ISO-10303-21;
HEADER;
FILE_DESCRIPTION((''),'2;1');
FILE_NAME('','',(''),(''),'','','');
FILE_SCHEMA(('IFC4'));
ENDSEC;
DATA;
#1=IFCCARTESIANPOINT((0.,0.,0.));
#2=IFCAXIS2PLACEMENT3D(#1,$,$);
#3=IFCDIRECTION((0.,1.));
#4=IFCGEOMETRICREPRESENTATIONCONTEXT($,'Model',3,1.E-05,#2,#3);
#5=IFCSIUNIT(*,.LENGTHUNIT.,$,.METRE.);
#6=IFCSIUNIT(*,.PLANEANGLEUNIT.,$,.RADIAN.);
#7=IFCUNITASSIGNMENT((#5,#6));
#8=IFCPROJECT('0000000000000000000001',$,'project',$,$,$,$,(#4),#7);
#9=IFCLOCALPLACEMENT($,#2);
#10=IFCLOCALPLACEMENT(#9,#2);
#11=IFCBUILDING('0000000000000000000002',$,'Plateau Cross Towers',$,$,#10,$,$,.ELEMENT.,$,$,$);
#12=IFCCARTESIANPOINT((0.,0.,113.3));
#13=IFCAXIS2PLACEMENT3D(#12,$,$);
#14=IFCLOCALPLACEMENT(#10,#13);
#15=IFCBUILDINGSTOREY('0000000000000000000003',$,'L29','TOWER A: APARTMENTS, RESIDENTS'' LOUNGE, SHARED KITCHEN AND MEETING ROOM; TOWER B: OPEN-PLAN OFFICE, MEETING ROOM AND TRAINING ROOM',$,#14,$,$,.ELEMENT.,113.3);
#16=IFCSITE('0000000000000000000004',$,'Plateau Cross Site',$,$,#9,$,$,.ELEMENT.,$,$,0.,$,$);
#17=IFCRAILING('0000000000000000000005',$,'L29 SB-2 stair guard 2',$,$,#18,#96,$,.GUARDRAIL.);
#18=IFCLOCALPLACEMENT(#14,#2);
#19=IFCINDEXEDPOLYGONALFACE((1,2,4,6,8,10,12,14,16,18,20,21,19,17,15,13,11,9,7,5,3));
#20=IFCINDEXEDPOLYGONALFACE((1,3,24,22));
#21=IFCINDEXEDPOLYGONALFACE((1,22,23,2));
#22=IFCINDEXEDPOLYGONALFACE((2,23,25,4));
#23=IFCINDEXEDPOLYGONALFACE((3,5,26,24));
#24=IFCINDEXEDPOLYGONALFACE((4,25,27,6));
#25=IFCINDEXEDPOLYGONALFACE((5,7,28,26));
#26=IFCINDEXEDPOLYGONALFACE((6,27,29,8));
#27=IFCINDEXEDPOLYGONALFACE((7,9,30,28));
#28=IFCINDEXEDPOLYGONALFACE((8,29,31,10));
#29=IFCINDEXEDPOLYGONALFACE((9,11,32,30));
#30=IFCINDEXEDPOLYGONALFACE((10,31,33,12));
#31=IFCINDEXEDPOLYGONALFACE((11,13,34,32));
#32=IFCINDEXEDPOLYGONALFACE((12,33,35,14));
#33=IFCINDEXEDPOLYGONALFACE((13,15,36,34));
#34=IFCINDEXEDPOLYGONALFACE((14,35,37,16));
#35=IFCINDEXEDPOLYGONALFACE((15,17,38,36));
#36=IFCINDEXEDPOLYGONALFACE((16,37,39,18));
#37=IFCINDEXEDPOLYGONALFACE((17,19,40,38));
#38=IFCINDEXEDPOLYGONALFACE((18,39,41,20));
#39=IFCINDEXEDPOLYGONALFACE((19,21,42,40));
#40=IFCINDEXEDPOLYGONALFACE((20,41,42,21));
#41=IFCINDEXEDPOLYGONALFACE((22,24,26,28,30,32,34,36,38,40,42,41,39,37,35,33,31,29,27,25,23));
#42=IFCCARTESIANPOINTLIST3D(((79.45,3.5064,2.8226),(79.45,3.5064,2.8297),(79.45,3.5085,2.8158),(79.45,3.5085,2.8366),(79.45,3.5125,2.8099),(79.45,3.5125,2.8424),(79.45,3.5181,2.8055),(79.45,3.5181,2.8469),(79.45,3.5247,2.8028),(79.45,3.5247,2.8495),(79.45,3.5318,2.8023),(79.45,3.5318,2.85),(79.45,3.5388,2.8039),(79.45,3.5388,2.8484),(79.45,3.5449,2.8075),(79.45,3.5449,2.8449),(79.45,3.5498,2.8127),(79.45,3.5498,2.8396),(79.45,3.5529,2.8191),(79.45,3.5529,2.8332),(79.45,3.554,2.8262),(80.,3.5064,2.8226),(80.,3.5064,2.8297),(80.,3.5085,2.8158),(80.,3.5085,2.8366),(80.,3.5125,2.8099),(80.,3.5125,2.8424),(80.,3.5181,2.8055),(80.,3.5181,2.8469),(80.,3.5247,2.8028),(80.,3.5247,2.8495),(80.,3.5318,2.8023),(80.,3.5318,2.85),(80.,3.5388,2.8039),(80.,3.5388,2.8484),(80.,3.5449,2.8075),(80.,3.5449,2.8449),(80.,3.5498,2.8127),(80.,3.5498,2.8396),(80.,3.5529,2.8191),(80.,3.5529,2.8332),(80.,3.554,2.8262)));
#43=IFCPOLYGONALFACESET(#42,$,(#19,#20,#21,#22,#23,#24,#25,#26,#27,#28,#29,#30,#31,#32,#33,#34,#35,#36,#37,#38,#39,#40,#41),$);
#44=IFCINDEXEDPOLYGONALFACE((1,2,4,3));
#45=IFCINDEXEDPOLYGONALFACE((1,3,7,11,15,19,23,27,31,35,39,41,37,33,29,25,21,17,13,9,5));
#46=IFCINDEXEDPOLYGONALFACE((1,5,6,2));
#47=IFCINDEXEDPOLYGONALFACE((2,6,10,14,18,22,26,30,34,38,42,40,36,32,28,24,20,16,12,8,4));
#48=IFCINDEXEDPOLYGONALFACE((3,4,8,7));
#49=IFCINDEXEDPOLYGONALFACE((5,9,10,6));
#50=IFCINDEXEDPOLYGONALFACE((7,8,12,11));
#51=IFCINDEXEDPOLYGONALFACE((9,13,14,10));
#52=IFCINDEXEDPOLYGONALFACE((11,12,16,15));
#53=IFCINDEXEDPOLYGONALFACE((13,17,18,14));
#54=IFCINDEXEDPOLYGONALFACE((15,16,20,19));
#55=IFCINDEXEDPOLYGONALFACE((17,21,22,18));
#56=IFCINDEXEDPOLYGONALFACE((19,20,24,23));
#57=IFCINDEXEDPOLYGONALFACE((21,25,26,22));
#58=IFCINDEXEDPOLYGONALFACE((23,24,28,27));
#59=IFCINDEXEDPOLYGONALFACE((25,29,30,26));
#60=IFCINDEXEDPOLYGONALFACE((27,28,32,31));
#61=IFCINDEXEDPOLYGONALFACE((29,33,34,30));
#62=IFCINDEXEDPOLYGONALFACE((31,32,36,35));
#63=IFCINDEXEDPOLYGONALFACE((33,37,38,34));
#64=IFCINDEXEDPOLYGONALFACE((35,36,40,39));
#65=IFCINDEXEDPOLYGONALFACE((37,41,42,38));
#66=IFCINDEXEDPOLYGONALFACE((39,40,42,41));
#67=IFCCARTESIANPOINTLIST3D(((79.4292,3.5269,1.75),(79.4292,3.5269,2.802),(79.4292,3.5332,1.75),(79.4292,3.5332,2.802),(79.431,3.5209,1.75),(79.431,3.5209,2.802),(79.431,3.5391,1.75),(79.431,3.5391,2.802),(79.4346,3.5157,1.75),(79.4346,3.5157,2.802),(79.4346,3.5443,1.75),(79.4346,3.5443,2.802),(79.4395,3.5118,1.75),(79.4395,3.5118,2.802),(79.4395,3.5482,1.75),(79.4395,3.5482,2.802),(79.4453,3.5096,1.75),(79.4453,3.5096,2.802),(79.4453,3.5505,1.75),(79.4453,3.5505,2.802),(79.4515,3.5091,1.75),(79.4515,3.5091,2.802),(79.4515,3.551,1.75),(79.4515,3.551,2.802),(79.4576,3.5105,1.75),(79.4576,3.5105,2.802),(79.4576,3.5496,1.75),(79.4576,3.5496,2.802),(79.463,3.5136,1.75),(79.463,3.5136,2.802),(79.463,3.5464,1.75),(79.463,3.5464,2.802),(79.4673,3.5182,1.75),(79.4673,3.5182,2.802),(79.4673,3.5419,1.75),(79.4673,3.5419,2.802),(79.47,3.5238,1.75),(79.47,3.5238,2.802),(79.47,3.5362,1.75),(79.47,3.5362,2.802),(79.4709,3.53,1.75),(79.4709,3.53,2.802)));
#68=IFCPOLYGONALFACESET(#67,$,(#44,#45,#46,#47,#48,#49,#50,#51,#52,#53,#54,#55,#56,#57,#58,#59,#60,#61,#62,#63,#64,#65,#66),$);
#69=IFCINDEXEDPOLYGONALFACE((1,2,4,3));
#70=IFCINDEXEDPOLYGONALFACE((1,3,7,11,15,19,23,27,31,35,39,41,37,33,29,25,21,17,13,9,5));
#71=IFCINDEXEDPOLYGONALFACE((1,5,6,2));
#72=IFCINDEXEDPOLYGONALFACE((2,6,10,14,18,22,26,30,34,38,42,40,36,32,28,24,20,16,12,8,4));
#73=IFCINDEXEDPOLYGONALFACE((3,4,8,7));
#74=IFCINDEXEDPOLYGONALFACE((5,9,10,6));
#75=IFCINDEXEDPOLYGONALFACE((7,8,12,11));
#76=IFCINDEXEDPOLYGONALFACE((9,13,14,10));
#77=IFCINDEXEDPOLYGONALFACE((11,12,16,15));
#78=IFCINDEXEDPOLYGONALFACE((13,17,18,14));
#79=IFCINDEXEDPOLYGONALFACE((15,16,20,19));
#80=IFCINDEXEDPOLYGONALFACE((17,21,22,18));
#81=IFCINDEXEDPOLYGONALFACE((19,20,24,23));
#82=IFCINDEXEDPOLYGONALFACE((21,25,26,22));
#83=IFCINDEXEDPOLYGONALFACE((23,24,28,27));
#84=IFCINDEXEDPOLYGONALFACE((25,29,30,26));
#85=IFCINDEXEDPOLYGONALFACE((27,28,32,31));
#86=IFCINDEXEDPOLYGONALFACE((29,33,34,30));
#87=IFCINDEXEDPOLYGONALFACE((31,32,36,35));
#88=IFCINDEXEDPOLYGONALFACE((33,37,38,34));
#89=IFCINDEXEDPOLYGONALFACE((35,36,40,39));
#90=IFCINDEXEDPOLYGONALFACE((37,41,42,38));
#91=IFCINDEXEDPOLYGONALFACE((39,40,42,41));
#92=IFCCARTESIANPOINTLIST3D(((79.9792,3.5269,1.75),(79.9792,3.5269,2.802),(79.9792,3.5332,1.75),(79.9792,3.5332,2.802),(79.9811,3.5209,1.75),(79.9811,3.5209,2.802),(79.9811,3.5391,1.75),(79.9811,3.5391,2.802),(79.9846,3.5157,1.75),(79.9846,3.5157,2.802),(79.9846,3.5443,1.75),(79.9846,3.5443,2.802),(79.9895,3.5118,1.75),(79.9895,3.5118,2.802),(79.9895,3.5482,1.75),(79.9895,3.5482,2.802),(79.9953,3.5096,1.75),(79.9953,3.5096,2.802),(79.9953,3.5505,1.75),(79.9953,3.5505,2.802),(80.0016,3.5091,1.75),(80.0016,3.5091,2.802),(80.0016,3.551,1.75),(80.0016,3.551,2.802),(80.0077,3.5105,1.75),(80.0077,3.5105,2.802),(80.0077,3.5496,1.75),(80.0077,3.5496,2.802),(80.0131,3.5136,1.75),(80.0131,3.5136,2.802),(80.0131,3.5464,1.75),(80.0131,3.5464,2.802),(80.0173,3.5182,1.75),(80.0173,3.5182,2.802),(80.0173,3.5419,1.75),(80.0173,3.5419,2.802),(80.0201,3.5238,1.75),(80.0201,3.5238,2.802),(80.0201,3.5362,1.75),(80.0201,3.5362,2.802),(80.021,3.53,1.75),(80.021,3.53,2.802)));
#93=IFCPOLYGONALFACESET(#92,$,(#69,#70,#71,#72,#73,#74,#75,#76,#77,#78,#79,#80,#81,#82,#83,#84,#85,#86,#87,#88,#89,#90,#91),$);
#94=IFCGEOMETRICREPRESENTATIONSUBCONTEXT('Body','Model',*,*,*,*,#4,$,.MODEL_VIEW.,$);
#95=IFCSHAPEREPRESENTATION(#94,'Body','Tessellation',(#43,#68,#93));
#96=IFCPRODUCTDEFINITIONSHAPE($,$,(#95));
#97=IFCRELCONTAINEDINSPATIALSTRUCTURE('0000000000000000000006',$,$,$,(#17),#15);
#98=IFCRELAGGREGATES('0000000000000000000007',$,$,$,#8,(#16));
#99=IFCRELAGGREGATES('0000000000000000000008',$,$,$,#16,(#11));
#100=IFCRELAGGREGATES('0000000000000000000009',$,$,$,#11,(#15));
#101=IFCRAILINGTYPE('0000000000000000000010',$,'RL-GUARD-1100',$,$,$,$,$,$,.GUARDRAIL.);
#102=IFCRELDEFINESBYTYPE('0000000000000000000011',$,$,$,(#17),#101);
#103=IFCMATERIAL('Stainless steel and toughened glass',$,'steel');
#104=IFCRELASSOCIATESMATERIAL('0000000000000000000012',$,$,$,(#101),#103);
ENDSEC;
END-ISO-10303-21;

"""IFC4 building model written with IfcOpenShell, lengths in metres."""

from ifc_helpers import new_model, si_unit, direction, frame, origin, origin_2d, place, context, subcontext, project, spatial, circle, extrude, material, type_object, element, save


model = new_model("IFC4")

# Units and contexts
model_context = context("Model", 3, precision=1e-05, world=origin(), true_north=direction((0.0, 1.0)))
body_context = subcontext(model_context, "Body", "Model", "MODEL_VIEW")
ifc_project = project(units=[si_unit("LENGTHUNIT", "METRE"), si_unit("PLANEANGLEUNIT", "RADIAN")], contexts=[model_context])

# Site, building, storey
site_placement = place(None, origin())
site = spatial("IfcSite", under=ifc_project, at=site_placement, Name="Plateau Cross Site", CompositionType="ELEMENT", RefElevation=0.0)
building_placement = place(site_placement, origin())
building = spatial("IfcBuilding", under=site, at=building_placement, Name="Plateau Cross Towers", CompositionType="ELEMENT")
storey_placement = place(building_placement, frame((0.0, 0.0, 113.3)))
storey = spatial("IfcBuildingStorey", under=building, at=storey_placement, Name="L29", Description="TOWER A: APARTMENTS, RESIDENTS' LOUNGE, SHARED KITCHEN AND MEETING ROOM; TOWER B: OPEN-PLAN OFFICE, MEETING ROOM AND TRAINING ROOM", CompositionType="ELEMENT", Elevation=113.3)

# Railing
ifc_material_1 = material(Name="Stainless steel and toughened glass", Category="steel")
railing_type_1 = type_object("IfcRailingType", Name="RL-GUARD-1100", PredefinedType="GUARDRAIL", material=ifc_material_1)
railing_1_placement = place(storey_placement, frame((79.45, 3.53, 1.75)))
element("IfcRailing", 1, at=railing_1_placement, inside=storey, type_object=railing_type_1, Name="L29 SB-2 stair guard 2", PredefinedType="GUARDRAIL", context=body_context, shape_type="SweptSolid", body=[
    extrude(circle(Radius=0.0239, at=origin_2d()), frame((0.0, 0.0, 1.0762), z_axis=(1.0, 0.0, 0.0), x_axis=(0.0, 1.0, 0.0)), (0.0, 0.0, 1.0), 0.55),
    extrude(circle(Radius=0.021, at=origin_2d()), origin(), (0.0, 0.0, 1.0), 1.052),
    extrude(circle(Radius=0.021, at=origin_2d()), frame((0.55, 0.0, 0.0)), (0.0, 0.0, 1.0), 1.052),
])

save(model, "model.ifc")
